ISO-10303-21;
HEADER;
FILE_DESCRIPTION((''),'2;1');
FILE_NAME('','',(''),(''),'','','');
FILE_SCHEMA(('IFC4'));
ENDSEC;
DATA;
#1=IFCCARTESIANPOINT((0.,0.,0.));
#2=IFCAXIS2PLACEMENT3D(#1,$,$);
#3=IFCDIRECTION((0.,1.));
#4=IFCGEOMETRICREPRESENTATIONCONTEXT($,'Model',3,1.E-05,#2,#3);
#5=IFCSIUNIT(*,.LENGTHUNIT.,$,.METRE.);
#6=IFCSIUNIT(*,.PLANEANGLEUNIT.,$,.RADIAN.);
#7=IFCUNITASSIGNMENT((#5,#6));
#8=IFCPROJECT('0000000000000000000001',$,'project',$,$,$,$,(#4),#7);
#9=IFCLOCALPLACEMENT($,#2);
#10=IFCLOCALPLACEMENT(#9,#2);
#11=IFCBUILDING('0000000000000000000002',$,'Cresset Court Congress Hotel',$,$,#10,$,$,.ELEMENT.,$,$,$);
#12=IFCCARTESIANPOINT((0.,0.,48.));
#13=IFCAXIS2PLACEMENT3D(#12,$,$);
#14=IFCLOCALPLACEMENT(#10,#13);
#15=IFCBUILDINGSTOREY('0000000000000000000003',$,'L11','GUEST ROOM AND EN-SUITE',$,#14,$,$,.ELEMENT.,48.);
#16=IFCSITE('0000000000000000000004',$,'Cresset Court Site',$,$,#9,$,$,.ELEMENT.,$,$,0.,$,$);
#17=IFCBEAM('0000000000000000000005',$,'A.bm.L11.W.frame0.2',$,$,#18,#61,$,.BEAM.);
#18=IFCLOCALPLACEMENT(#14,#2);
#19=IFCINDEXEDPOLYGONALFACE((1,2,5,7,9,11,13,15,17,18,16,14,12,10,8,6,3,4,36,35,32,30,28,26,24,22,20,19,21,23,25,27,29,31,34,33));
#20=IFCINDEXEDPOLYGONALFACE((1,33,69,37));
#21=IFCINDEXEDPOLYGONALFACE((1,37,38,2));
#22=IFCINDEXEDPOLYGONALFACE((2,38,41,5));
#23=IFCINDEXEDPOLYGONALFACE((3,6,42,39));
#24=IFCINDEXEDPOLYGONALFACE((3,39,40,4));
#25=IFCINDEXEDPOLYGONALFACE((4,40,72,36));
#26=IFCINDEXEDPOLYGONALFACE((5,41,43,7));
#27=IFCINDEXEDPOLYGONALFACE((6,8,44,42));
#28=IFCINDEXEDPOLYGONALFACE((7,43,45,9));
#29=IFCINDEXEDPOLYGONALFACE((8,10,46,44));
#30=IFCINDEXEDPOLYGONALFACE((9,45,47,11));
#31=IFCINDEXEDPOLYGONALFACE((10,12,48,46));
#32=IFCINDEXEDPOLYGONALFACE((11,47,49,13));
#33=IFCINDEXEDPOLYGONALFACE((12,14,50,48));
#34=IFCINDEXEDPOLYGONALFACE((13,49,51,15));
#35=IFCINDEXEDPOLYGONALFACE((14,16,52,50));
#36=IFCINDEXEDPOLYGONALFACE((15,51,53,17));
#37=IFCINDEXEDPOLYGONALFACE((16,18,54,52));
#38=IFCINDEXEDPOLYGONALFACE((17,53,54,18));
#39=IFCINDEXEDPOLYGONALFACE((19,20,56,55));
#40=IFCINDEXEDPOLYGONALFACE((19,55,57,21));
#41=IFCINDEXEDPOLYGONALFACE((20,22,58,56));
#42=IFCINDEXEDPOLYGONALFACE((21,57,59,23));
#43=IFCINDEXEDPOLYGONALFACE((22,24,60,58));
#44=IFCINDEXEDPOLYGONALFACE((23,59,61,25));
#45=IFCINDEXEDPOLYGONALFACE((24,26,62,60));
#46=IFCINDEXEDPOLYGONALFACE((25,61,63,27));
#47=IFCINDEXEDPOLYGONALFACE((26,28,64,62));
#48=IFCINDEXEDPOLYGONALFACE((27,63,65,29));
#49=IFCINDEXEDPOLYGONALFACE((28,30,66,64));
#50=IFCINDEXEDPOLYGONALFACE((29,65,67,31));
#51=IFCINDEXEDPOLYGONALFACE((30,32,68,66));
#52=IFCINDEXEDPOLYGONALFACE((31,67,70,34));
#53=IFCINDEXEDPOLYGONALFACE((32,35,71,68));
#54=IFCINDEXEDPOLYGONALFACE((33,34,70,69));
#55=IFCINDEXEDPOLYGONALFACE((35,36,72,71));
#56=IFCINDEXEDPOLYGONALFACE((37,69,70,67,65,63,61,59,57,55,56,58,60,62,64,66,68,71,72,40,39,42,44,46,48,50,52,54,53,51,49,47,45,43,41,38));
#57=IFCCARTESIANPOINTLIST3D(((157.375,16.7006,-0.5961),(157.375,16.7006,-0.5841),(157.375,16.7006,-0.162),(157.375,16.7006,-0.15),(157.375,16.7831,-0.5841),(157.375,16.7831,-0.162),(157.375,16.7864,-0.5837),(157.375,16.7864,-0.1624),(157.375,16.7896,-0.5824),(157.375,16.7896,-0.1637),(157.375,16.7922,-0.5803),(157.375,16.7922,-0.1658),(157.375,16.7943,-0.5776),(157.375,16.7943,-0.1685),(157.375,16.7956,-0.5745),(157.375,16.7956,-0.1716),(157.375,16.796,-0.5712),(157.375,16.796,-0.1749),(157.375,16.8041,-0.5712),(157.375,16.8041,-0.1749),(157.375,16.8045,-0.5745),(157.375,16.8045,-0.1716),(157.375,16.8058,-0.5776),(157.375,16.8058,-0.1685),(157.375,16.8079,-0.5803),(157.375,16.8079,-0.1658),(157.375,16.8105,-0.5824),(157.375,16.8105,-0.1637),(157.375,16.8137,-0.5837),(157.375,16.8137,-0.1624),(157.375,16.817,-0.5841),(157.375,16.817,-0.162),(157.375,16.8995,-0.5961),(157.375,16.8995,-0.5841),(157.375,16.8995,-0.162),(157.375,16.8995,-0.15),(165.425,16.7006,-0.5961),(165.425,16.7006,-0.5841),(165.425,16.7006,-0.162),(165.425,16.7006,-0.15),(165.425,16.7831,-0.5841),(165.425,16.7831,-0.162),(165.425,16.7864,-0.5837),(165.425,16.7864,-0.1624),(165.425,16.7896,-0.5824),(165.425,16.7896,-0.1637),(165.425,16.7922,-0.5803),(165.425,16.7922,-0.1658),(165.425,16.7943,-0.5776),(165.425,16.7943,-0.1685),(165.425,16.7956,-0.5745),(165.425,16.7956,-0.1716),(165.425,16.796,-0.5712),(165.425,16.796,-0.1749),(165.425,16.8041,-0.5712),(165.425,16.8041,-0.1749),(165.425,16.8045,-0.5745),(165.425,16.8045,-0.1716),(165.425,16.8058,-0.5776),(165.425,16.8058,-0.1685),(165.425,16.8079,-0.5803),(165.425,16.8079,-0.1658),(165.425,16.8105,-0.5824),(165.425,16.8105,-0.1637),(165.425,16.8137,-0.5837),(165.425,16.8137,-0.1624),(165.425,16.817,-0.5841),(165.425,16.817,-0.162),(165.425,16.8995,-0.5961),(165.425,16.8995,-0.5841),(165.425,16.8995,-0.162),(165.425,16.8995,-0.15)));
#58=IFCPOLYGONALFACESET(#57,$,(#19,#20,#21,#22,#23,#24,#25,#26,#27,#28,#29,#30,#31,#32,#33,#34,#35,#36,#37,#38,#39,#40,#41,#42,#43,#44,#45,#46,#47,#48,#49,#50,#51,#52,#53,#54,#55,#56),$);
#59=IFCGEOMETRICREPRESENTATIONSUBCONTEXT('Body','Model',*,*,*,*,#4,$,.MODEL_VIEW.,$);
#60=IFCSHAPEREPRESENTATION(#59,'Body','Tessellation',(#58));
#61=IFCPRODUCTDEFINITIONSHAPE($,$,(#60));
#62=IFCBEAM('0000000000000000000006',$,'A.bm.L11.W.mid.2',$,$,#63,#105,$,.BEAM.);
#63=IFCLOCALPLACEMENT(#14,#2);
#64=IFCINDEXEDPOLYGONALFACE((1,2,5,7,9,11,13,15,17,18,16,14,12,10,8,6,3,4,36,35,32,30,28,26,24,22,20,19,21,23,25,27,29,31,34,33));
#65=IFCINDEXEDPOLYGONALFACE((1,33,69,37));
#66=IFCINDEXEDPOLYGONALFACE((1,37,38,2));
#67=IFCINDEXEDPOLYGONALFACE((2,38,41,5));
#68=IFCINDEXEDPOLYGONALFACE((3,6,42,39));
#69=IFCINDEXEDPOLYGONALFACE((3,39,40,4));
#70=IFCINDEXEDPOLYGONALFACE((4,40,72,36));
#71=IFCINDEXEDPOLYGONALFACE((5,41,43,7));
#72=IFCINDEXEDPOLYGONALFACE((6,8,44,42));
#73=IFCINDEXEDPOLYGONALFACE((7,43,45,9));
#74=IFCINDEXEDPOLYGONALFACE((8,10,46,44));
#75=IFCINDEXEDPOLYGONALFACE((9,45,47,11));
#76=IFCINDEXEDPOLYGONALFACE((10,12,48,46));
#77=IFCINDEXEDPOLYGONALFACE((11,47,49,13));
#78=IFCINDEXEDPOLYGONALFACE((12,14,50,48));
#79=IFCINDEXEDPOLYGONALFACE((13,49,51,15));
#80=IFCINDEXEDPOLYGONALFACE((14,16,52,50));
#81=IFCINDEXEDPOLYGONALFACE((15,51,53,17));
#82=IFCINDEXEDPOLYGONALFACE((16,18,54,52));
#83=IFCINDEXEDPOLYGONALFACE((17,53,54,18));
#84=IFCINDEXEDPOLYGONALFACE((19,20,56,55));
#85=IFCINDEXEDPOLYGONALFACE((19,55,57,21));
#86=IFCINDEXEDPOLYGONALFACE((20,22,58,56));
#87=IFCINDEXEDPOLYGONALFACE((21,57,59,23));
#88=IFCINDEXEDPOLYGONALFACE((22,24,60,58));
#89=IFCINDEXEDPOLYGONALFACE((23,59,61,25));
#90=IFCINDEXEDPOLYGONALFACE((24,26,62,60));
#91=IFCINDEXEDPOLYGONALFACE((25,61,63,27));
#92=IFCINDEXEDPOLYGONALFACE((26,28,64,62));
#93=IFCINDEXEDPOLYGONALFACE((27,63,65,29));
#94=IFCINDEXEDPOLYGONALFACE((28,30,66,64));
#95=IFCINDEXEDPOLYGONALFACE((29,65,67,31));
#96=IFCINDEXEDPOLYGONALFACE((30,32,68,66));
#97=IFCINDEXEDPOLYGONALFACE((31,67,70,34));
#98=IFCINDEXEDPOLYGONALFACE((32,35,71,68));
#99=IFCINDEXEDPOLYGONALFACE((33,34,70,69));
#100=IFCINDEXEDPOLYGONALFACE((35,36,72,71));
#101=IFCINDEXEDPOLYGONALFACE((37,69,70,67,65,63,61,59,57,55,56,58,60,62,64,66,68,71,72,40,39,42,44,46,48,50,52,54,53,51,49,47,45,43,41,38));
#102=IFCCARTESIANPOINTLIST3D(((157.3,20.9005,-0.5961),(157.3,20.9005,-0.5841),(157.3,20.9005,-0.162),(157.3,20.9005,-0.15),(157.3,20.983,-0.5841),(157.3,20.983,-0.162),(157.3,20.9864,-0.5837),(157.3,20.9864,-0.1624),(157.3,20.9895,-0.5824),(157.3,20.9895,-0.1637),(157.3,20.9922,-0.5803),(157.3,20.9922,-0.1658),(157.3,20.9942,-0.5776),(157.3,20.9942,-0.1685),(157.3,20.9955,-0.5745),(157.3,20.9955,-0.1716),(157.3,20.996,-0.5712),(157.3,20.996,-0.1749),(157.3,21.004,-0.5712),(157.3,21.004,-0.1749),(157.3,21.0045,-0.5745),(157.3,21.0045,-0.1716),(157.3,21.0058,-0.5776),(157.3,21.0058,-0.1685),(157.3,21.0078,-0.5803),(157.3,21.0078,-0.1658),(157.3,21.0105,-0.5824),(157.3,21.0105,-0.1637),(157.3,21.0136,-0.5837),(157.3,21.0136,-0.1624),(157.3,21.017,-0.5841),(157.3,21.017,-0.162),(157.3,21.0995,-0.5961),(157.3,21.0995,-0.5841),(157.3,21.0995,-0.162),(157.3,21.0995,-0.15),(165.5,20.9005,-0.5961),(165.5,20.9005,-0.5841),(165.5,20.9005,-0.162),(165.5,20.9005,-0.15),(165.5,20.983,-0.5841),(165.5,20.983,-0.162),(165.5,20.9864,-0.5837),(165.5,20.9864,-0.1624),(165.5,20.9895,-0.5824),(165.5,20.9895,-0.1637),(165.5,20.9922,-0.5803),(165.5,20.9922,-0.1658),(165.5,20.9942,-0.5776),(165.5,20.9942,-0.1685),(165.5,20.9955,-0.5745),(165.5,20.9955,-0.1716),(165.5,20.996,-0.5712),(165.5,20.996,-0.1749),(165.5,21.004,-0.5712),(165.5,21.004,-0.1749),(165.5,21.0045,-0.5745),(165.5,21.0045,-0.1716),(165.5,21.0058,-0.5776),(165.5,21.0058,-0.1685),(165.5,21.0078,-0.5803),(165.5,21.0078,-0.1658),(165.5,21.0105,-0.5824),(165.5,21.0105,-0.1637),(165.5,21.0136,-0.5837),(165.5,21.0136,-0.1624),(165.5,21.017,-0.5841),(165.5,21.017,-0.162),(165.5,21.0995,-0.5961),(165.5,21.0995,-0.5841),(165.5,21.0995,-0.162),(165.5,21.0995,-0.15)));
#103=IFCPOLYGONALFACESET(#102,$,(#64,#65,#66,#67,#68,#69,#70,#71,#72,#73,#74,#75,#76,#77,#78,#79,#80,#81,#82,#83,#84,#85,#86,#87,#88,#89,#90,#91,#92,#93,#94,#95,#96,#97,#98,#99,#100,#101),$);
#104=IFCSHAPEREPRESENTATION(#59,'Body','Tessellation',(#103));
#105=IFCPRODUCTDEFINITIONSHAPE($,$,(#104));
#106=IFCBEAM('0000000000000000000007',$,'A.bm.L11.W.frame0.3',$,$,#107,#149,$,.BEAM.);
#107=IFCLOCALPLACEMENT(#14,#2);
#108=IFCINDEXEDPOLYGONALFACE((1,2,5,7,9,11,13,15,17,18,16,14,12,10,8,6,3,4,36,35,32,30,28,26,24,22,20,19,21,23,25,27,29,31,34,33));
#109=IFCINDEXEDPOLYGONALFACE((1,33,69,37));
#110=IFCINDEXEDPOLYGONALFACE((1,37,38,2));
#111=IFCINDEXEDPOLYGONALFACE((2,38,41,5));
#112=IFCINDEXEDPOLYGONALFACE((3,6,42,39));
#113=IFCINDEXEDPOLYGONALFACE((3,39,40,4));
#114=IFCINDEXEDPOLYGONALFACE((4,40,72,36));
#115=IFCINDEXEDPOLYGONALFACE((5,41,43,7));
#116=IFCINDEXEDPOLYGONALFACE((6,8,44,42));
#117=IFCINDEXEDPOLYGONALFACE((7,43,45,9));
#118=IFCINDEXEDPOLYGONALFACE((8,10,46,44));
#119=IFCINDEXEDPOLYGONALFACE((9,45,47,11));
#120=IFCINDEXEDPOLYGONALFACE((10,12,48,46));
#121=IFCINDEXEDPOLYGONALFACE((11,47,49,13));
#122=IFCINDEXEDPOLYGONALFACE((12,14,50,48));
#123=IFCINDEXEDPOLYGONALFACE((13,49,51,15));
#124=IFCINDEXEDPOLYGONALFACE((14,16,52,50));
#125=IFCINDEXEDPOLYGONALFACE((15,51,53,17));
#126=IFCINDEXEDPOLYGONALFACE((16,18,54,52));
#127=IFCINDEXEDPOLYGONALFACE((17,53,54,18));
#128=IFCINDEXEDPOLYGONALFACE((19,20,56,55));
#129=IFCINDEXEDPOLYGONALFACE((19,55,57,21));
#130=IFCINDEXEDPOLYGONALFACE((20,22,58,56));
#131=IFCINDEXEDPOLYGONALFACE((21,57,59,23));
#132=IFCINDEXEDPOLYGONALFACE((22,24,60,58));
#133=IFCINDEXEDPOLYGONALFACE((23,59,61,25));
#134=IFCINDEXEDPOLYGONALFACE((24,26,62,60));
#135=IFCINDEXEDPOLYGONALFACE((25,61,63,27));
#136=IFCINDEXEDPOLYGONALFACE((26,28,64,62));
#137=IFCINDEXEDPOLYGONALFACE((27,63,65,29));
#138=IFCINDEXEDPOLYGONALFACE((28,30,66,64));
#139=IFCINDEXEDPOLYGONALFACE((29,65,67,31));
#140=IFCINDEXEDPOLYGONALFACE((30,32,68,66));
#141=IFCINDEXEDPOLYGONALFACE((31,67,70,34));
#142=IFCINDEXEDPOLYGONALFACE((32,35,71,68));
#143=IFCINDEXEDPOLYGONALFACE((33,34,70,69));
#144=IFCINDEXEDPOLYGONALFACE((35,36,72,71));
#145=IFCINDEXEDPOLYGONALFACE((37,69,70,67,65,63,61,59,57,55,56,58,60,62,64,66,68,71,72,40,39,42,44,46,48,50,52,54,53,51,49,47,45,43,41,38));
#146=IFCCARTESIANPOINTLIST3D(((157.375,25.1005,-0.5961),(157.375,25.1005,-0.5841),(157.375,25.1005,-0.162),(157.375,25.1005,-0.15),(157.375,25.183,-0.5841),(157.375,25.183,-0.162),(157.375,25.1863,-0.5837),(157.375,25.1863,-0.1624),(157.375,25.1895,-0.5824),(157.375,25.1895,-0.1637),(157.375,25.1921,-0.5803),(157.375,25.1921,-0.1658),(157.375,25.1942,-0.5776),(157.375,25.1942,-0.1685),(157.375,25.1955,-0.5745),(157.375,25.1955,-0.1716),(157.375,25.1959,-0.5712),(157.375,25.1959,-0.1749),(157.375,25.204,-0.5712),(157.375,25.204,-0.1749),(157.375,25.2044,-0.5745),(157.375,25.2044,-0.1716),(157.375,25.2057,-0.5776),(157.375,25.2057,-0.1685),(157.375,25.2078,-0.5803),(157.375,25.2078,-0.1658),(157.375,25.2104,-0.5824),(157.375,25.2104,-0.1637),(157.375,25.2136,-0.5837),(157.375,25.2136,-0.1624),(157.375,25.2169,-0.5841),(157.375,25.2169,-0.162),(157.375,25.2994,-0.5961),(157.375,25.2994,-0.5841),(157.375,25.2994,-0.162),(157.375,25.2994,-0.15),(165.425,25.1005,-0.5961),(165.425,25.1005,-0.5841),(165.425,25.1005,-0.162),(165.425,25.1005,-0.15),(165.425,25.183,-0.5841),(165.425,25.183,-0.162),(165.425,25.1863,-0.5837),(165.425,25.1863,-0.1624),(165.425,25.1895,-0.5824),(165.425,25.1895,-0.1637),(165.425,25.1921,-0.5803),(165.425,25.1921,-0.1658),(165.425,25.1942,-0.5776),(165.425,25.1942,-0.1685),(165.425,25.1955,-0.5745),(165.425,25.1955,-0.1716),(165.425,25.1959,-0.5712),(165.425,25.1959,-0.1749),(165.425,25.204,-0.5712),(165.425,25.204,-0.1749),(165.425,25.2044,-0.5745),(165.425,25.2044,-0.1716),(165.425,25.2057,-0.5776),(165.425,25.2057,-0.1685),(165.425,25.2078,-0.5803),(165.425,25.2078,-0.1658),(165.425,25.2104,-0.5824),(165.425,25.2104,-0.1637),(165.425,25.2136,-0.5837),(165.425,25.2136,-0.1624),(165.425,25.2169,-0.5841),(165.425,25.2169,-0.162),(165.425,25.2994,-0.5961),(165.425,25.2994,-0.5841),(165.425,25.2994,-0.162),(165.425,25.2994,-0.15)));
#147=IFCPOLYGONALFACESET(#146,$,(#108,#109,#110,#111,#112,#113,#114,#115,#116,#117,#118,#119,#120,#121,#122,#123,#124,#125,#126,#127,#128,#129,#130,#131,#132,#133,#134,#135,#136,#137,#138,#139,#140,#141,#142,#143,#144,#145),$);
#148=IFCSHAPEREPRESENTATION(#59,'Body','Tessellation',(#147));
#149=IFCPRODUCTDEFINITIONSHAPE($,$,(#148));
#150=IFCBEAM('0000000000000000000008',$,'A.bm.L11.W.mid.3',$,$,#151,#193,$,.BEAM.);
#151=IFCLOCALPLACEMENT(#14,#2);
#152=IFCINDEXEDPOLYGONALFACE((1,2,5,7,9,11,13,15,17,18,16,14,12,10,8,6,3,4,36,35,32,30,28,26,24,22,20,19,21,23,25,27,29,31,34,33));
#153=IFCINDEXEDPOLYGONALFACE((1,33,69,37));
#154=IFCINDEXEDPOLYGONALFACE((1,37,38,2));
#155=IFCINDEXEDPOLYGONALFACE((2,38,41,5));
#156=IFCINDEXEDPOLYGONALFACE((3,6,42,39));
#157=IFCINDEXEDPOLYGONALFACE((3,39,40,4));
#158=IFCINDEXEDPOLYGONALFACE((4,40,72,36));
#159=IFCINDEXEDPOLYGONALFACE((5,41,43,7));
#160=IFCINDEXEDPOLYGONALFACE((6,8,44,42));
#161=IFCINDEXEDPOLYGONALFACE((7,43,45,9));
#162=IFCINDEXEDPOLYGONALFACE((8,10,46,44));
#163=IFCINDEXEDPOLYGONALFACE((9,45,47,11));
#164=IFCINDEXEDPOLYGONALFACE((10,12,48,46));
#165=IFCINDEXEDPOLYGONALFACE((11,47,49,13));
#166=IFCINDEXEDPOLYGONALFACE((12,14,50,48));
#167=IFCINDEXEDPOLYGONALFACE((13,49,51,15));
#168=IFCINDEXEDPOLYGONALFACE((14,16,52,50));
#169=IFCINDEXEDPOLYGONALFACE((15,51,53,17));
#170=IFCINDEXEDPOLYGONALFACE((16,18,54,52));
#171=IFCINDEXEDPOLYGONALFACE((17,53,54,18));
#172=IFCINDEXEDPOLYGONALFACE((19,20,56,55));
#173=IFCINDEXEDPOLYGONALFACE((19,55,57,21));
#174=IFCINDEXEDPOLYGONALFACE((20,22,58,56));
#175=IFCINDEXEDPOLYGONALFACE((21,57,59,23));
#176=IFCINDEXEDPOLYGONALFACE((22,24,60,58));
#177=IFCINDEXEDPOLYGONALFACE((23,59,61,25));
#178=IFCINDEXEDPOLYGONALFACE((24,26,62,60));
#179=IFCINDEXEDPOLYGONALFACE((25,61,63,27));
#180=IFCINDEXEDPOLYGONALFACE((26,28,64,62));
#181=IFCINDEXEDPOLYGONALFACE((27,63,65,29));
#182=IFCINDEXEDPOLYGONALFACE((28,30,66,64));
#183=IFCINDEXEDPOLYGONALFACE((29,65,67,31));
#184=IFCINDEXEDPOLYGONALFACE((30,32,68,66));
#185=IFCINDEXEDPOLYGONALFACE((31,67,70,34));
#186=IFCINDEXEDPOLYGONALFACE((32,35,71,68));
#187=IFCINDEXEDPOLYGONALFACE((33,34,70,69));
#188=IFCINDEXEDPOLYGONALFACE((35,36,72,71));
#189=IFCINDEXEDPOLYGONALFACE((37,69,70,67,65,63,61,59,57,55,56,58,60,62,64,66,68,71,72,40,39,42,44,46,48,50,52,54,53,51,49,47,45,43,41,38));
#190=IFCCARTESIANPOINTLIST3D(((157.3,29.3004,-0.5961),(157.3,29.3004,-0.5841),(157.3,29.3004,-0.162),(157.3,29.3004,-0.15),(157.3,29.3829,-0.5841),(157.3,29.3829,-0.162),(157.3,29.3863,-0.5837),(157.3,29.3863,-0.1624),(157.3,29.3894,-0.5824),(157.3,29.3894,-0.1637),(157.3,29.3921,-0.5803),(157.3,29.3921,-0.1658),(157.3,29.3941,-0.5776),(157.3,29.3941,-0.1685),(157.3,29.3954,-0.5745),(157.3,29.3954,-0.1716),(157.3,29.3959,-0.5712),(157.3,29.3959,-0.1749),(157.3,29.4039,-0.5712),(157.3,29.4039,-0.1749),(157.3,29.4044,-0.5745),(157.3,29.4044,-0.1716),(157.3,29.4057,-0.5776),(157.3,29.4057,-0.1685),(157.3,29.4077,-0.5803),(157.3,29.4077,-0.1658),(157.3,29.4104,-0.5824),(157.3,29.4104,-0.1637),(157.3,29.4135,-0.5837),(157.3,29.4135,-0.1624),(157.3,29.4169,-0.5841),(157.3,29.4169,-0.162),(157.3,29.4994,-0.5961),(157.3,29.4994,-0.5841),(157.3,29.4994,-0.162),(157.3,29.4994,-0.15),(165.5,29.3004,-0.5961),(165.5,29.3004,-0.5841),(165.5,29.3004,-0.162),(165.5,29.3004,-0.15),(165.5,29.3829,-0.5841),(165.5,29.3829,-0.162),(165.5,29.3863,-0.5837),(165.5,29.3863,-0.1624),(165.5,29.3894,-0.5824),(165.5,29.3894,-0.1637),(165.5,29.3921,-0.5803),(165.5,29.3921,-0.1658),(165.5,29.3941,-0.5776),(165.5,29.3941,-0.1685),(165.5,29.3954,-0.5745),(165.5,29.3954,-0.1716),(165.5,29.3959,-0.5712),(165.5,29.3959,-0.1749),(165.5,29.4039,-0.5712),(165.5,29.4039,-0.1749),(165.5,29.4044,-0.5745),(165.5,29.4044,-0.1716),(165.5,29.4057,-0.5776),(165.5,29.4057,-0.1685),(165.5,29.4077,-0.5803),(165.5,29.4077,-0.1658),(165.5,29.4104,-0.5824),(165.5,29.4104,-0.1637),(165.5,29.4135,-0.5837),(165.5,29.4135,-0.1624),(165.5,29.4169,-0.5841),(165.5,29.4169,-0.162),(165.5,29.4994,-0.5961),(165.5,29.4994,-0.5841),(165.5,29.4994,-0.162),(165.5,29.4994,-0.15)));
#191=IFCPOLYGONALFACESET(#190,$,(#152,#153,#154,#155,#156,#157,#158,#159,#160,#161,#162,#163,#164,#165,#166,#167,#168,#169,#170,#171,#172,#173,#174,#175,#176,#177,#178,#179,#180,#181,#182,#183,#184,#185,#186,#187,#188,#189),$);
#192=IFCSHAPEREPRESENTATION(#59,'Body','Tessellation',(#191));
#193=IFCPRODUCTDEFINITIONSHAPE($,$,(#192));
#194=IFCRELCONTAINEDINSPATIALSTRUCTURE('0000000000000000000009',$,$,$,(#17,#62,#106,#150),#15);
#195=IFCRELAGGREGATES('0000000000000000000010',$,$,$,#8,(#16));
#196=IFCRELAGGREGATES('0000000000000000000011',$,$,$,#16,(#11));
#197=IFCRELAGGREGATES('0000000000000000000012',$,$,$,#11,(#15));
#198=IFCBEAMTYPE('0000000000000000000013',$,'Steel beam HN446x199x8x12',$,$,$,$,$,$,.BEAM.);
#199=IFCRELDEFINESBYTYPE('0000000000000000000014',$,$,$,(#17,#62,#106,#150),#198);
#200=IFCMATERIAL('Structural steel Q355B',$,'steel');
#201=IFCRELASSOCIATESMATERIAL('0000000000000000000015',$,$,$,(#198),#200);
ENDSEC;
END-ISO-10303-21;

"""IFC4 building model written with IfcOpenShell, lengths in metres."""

from ifc_helpers import new_model, si_unit, direction, frame, origin, origin_2d, place, context, subcontext, project, spatial, i_section, extrude, material, material_profile, profile_set, type_object, element, save


model = new_model("IFC4")

# Units and contexts
model_context = context("Model", 3, precision=1e-05, world=origin(), true_north=direction((0.0, 1.0)))
body_context = subcontext(model_context, "Body", "Model", "MODEL_VIEW")
ifc_project = project(units=[si_unit("LENGTHUNIT", "METRE"), si_unit("PLANEANGLEUNIT", "RADIAN")], contexts=[model_context])

# Site, building, storey
site_placement = place(None, origin())
site = spatial("IfcSite", under=ifc_project, at=site_placement, Name="Cresset Court Site", CompositionType="ELEMENT", RefElevation=0.0)
building_placement = place(site_placement, origin())
building = spatial("IfcBuilding", under=site, at=building_placement, Name="Cresset Court Congress Hotel", CompositionType="ELEMENT")
storey_placement = place(building_placement, frame((0.0, 0.0, 48.0)))
storey = spatial("IfcBuildingStorey", under=building, at=storey_placement, Name="L11", Description="GUEST ROOM AND EN-SUITE", CompositionType="ELEMENT", Elevation=48.0)

# Beams
ifc_material_1 = material(Name="Structural steel Q355B", Category="steel")
ifc_material_profile_1 = material_profile(ifc_material_1, i_section(OverallWidth=0.199, OverallDepth=0.446, WebThickness=0.0081, FlangeThickness=0.012, FilletRadius=0.0129, at=origin_2d()), Name="HN446x199x8x12")
ifc_profile_set_1 = profile_set([ifc_material_profile_1], Name="Structural steel Q355B")
beam_type_1 = type_object("IfcBeamType", Name="Steel beam HN446x199x8x12", PredefinedType="BEAM", material=ifc_profile_set_1)
beam_1_placement = place(storey_placement, frame((157.375, 16.8, -0.373), z_axis=(1.0, 0.0, 0.0), x_axis=(0.0, 1.0, 0.0)))
element("IfcBeam", 1, at=beam_1_placement, inside=storey, type_object=beam_type_1, Name="A.bm.L11.W.frame0.2", PredefinedType="BEAM", context=body_context, shape_type="SweptSolid", body=[
    extrude(i_section(OverallWidth=0.199, OverallDepth=0.446, WebThickness=0.0081, FlangeThickness=0.012, FilletRadius=0.0129, at=origin_2d()), origin(), (0.0, 0.0, 1.0), 8.05),
])
beam_2_placement = place(storey_placement, frame((157.3, 21.0, -0.373), z_axis=(1.0, 0.0, 0.0), x_axis=(0.0, 1.0, 0.0)))
element("IfcBeam", 2, at=beam_2_placement, inside=storey, type_object=beam_type_1, Name="A.bm.L11.W.mid.2", PredefinedType="BEAM", context=body_context, shape_type="SweptSolid", body=[
    extrude(i_section(OverallWidth=0.199, OverallDepth=0.446, WebThickness=0.0081, FlangeThickness=0.012, FilletRadius=0.0129, at=origin_2d()), origin(), (0.0, 0.0, 1.0), 8.2),
])
beam_3_placement = place(storey_placement, frame((157.375, 25.2, -0.373), z_axis=(1.0, 0.0, 0.0), x_axis=(0.0, 1.0, 0.0)))
element("IfcBeam", 3, at=beam_3_placement, inside=storey, type_object=beam_type_1, Name="A.bm.L11.W.frame0.3", PredefinedType="BEAM", context=body_context, shape_type="SweptSolid", body=[
    extrude(i_section(OverallWidth=0.199, OverallDepth=0.446, WebThickness=0.0081, FlangeThickness=0.012, FilletRadius=0.0129, at=origin_2d()), origin(), (0.0, 0.0, 1.0), 8.05),
])
beam_4_placement = place(storey_placement, frame((157.3, 29.3999, -0.373), z_axis=(1.0, 0.0, 0.0), x_axis=(0.0, 1.0, 0.0)))
element("IfcBeam", 4, at=beam_4_placement, inside=storey, type_object=beam_type_1, Name="A.bm.L11.W.mid.3", PredefinedType="BEAM", context=body_context, shape_type="SweptSolid", body=[
    extrude(i_section(OverallWidth=0.199, OverallDepth=0.446, WebThickness=0.0081, FlangeThickness=0.012, FilletRadius=0.0129, at=origin_2d()), origin(), (0.0, 0.0, 1.0), 8.2),
])

save(model, "model.ifc")
